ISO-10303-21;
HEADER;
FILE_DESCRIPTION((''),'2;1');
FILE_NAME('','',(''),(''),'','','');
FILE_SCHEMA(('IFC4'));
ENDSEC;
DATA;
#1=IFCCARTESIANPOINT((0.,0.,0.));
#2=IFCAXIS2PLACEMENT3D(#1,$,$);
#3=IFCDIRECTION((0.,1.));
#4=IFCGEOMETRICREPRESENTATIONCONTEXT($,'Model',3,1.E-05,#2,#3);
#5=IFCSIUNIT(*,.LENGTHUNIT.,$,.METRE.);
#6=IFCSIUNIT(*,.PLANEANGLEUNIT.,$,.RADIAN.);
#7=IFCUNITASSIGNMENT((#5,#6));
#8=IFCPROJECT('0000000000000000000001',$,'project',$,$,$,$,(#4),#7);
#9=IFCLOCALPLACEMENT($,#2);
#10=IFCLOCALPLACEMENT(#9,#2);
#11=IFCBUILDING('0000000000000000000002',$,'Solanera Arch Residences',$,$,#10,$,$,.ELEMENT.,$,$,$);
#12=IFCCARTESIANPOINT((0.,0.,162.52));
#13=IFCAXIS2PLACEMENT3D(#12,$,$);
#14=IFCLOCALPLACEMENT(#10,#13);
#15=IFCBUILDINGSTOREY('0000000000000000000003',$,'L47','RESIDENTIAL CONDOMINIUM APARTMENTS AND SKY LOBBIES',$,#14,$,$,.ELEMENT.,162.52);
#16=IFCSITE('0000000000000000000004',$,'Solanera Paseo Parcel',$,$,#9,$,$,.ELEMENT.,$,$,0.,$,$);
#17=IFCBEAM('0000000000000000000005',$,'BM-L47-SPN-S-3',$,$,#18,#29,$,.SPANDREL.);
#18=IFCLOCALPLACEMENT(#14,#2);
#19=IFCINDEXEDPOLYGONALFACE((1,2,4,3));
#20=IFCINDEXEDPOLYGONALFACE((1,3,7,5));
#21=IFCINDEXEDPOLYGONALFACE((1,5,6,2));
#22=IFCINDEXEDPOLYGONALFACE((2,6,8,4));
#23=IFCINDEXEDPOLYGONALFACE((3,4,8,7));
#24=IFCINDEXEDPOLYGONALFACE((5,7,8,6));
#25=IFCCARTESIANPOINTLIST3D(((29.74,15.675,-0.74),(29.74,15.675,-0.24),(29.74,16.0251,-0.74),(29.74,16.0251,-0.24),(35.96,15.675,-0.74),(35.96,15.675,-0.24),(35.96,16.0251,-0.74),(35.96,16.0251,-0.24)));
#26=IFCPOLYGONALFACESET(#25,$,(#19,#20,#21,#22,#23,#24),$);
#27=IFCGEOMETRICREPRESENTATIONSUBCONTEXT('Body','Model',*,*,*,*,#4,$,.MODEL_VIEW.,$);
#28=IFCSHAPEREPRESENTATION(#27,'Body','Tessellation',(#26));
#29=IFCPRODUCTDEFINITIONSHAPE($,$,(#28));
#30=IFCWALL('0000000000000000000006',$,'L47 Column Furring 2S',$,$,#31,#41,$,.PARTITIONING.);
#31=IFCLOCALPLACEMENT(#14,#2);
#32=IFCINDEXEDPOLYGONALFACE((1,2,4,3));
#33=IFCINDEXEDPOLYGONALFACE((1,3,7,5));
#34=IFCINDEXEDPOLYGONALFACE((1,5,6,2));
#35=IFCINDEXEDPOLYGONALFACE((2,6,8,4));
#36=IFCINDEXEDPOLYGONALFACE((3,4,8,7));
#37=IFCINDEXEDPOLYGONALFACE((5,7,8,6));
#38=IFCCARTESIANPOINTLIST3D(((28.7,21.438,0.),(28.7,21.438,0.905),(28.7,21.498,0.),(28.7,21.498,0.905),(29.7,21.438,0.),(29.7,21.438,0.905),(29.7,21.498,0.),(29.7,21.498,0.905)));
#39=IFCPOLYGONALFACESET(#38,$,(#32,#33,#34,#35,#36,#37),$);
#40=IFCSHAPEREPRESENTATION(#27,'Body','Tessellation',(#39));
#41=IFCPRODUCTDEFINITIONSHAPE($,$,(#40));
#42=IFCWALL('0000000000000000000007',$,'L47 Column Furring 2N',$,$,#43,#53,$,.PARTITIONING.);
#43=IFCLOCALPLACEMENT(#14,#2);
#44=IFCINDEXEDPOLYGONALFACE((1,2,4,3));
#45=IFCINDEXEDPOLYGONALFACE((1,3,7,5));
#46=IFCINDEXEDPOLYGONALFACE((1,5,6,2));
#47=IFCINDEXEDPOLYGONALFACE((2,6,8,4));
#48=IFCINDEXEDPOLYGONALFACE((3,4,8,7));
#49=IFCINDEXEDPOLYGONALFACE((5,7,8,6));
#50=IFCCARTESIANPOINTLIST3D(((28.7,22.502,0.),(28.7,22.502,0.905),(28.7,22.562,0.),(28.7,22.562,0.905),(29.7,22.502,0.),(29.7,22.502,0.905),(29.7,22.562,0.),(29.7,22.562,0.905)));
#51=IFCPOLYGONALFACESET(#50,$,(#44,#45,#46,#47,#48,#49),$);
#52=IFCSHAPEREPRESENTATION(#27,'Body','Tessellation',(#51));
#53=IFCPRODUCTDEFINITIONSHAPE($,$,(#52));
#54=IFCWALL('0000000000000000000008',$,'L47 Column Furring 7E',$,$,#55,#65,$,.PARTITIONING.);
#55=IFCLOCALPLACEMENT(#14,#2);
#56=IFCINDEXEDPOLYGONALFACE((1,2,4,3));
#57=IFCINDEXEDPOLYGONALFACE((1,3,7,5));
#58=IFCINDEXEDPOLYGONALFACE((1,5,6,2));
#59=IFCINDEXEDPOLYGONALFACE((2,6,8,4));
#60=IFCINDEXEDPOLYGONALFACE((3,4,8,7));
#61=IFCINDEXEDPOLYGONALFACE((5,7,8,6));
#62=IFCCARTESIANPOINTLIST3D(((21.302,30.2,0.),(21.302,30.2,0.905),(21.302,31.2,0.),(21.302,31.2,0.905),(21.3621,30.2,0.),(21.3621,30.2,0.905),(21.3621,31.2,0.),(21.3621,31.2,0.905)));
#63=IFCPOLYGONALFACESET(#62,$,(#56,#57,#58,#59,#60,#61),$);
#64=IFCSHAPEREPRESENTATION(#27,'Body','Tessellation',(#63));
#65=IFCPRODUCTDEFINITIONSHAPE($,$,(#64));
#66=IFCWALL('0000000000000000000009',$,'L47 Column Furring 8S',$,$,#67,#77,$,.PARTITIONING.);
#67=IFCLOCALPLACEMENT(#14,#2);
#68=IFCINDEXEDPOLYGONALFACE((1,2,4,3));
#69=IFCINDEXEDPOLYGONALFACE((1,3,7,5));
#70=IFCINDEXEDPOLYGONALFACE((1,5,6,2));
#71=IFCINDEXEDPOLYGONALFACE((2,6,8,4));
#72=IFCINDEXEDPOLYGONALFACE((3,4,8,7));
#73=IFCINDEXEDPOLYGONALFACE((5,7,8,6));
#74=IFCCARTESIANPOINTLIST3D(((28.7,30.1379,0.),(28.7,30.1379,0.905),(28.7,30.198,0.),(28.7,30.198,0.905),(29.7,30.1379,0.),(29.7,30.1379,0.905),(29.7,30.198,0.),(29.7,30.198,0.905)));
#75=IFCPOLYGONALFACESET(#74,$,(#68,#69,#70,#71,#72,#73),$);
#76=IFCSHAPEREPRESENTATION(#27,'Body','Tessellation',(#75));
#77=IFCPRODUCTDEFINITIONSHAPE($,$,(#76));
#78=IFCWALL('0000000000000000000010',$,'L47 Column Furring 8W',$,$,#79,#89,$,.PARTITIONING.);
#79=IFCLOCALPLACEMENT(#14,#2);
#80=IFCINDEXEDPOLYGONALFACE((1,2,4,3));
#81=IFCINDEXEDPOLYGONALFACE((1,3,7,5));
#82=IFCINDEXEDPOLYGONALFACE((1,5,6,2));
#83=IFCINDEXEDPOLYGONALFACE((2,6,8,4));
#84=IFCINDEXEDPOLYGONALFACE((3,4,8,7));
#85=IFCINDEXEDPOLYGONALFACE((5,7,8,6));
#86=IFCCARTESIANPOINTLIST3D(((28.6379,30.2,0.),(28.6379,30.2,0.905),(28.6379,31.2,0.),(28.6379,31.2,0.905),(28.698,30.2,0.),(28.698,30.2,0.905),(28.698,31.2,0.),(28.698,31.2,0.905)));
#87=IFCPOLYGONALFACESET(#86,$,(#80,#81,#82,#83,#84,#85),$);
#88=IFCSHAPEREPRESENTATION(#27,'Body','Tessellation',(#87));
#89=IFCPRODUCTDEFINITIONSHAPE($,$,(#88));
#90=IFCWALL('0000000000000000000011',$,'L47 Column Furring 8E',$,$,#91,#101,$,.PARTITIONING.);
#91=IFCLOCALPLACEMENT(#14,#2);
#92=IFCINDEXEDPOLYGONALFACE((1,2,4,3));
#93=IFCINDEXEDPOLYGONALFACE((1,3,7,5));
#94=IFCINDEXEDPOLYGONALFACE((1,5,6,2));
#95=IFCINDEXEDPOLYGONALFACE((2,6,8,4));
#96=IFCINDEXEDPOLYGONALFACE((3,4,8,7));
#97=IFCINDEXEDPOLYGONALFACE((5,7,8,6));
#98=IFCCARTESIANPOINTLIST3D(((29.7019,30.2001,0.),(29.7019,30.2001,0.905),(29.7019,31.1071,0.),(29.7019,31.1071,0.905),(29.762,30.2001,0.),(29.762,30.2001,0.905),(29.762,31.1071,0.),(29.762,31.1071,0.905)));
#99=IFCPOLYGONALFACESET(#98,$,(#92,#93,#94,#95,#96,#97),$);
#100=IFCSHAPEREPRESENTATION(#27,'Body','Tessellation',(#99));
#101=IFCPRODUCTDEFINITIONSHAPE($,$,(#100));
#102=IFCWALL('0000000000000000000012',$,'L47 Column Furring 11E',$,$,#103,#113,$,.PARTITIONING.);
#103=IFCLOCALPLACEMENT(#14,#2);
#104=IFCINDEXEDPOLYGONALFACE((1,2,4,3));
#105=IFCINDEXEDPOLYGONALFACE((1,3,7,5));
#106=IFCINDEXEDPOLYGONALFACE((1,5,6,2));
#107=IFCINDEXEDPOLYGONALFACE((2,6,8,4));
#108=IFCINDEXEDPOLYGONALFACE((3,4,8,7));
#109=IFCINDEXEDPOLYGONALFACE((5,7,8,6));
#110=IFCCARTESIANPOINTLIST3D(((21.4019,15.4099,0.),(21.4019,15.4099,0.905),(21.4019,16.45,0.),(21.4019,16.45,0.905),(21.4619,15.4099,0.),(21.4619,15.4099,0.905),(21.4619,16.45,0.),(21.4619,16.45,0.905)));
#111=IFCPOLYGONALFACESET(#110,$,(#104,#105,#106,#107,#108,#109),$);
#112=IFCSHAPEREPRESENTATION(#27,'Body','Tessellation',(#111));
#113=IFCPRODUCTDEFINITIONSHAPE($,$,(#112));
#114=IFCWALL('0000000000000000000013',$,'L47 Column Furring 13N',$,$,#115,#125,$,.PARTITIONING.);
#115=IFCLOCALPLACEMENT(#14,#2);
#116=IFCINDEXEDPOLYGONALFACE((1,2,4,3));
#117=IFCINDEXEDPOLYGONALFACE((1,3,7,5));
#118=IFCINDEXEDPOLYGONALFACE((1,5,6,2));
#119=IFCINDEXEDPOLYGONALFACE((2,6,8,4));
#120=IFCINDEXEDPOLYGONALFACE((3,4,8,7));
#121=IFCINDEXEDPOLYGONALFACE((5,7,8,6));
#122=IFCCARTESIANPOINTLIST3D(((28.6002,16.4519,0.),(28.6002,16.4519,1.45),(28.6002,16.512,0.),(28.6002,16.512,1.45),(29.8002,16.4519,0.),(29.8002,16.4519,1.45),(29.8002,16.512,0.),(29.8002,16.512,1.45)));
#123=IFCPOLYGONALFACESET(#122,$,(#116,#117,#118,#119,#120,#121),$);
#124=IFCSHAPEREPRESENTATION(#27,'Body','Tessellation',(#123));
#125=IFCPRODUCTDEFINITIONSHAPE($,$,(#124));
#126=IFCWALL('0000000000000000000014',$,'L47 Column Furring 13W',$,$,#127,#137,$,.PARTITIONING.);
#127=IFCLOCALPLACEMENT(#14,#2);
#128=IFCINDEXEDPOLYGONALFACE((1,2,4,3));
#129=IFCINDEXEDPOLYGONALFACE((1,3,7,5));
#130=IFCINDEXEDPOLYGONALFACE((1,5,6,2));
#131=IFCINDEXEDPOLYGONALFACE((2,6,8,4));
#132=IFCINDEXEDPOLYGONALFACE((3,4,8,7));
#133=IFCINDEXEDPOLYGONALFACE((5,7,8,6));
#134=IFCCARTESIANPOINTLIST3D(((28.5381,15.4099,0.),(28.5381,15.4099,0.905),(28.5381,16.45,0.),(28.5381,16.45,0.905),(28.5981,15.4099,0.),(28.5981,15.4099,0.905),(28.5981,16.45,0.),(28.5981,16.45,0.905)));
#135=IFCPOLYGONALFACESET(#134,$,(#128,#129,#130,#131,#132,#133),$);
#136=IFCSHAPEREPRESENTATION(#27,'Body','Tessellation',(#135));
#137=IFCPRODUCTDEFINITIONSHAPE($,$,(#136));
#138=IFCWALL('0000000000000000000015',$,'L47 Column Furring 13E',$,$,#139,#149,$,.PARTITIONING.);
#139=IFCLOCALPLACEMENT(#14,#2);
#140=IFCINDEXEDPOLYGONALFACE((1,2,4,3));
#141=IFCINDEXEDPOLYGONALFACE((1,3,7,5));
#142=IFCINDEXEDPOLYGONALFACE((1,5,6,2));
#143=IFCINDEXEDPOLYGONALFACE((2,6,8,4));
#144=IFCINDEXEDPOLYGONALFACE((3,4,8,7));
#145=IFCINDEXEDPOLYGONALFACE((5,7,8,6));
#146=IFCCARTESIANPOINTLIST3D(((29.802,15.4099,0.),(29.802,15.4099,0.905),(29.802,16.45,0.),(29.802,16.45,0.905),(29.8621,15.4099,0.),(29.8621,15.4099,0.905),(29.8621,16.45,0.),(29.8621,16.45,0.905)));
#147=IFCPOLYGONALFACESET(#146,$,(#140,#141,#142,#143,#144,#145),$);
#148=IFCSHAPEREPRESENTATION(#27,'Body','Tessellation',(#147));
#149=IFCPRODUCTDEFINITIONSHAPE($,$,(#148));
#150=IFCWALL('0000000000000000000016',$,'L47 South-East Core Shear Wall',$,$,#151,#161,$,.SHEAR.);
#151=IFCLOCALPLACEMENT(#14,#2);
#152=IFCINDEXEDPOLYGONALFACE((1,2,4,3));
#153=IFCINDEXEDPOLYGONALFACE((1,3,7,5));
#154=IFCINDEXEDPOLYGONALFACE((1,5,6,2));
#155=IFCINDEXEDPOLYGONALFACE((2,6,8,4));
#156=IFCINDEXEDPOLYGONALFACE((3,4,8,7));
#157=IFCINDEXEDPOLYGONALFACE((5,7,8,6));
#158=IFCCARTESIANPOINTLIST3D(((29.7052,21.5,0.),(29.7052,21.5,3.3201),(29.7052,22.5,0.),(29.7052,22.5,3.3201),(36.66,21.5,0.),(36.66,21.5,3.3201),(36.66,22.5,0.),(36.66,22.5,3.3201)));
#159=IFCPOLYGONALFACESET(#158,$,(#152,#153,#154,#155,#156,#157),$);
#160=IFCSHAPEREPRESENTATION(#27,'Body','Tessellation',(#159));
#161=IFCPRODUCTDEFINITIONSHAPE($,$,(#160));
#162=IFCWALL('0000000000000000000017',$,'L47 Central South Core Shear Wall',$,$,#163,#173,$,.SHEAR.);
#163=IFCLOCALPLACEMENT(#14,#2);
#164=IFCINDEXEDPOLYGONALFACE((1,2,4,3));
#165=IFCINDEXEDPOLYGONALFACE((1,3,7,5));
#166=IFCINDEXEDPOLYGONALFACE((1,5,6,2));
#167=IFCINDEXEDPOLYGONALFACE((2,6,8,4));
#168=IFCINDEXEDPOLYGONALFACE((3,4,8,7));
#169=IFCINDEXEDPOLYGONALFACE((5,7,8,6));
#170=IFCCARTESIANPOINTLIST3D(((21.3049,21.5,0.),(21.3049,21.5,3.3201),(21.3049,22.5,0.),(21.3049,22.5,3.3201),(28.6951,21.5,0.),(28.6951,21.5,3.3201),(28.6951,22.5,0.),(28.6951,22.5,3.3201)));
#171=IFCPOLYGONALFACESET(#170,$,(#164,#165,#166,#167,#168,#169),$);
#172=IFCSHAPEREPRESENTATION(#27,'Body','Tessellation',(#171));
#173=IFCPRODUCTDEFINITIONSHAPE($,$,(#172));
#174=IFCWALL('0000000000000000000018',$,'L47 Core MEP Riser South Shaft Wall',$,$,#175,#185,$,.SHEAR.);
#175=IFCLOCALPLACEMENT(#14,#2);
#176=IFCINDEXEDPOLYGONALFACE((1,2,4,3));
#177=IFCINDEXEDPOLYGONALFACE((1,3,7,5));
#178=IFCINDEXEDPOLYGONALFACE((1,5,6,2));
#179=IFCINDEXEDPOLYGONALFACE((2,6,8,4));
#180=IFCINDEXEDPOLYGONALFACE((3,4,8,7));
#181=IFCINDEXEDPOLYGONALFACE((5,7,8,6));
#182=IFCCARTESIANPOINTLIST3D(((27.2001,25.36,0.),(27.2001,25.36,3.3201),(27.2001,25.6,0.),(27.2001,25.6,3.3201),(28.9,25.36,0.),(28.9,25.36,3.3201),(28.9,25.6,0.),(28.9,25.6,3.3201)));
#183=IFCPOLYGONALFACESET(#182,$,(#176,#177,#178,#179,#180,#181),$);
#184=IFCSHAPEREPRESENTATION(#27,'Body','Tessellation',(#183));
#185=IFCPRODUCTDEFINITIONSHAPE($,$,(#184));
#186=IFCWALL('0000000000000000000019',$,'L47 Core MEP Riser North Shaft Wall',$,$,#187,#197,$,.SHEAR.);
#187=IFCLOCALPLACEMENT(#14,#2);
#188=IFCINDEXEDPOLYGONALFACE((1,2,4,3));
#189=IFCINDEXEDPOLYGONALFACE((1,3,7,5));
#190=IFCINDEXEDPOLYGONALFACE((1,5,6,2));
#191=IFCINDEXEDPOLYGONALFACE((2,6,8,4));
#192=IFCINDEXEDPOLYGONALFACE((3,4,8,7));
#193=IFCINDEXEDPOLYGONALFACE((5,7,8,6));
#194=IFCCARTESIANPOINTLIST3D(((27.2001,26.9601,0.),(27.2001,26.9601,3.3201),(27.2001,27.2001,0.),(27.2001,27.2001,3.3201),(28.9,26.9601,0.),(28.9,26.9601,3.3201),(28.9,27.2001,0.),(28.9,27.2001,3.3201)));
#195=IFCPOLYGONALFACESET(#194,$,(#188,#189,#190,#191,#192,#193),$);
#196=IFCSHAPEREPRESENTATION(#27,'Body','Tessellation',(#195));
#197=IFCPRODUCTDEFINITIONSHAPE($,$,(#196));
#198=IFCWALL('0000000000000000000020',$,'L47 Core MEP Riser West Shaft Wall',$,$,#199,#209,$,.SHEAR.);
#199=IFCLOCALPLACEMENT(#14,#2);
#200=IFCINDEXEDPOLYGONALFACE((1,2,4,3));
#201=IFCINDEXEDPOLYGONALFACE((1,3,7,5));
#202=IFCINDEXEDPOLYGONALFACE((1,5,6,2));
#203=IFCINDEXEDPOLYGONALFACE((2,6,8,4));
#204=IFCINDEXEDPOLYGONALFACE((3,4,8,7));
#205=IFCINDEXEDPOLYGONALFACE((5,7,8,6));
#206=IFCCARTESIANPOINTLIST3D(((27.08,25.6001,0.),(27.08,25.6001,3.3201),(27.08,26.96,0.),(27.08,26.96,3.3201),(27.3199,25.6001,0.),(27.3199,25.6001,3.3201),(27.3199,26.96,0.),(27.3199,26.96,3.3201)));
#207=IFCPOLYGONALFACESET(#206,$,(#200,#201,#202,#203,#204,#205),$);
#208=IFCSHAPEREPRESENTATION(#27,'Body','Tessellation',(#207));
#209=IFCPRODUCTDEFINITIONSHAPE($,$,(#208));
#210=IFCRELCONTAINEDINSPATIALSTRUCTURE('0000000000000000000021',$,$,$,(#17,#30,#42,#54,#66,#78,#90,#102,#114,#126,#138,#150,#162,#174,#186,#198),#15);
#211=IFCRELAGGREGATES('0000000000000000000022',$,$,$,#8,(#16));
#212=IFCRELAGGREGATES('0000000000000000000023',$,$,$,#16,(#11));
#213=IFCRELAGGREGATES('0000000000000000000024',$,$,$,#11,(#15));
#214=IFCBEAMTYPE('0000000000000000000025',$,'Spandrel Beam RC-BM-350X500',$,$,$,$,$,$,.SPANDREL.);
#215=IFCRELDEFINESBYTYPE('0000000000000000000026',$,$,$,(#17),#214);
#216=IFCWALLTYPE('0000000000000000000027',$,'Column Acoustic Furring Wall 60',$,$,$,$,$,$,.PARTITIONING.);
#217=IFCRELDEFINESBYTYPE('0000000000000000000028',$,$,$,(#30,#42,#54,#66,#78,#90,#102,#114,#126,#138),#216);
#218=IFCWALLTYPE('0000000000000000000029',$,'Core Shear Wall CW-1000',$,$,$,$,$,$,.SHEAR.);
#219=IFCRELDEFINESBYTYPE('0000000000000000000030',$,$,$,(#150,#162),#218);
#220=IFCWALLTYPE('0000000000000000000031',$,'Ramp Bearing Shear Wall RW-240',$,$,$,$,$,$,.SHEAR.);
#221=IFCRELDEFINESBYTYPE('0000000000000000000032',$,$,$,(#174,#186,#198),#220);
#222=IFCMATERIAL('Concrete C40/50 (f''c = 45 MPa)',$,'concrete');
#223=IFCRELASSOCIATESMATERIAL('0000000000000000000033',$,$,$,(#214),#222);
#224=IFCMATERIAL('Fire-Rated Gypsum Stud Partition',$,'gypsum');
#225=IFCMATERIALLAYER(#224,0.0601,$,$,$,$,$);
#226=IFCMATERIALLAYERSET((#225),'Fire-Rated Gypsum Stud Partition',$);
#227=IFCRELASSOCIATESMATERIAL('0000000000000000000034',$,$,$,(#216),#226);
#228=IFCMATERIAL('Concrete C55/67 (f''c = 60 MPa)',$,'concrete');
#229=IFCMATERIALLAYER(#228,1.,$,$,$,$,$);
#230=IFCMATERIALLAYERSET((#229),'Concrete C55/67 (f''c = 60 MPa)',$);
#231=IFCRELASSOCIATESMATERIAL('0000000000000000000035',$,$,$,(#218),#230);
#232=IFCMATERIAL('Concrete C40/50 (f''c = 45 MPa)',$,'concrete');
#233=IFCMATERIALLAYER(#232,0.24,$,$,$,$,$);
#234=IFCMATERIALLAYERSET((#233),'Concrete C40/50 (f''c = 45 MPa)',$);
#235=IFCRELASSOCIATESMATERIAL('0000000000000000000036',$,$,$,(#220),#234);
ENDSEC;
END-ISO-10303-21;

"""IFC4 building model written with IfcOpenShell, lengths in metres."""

from ifc_helpers import new_model, si_unit, direction, frame, frame_2d, origin, origin_2d, place, context, subcontext, project, spatial, rectangle, extrude, material, layer, layer_set, material_profile, profile_set, type_object, element, save


model = new_model("IFC4")

# Units and contexts
model_context = context("Model", 3, precision=1e-05, world=origin(), true_north=direction((0.0, 1.0)))
body_context = subcontext(model_context, "Body", "Model", "MODEL_VIEW")
ifc_project = project(units=[si_unit("LENGTHUNIT", "METRE"), si_unit("PLANEANGLEUNIT", "RADIAN")], contexts=[model_context])

# Site, building, storey
site_placement = place(None, origin())
site = spatial("IfcSite", under=ifc_project, at=site_placement, Name="Solanera Paseo Parcel", CompositionType="ELEMENT", RefElevation=0.0)
building_placement = place(site_placement, origin())
building = spatial("IfcBuilding", under=site, at=building_placement, Name="Solanera Arch Residences", CompositionType="ELEMENT")
storey_placement = place(building_placement, frame((0.0, 0.0, 162.52)))
storey = spatial("IfcBuildingStorey", under=building, at=storey_placement, Name="L47", Description="RESIDENTIAL CONDOMINIUM APARTMENTS AND SKY LOBBIES", CompositionType="ELEMENT", Elevation=162.52)

# Beam
ifc_material_1 = material(Name="Concrete C40/50 (f'c = 45 MPa)", Category="concrete")
ifc_material_profile_1 = material_profile(ifc_material_1, rectangle(XDim=0.3501, YDim=0.5, at=origin_2d()))
ifc_profile_set_1 = profile_set([ifc_material_profile_1], Name="Concrete C40/50 (f'c = 45 MPa)")
beam_type_1 = type_object("IfcBeamType", Name="Spandrel Beam RC-BM-350X500", PredefinedType="SPANDREL", material=ifc_profile_set_1)
beam_1_placement = place(storey_placement, frame((29.74, 15.8501, -0.49), z_axis=(1.0, 0.0, 0.0), x_axis=(0.0, 1.0, 0.0)))
element("IfcBeam", 1, at=beam_1_placement, inside=storey, type_object=beam_type_1, Name="BM-L47-SPN-S-3", PredefinedType="SPANDREL", context=body_context, shape_type="SweptSolid", body=[
    extrude(rectangle(XDim=0.3501, YDim=0.5, at=origin_2d()), origin(), (0.0, 0.0, 1.0), 6.22),
])

# Walls
ifc_material_2 = material(Name="Fire-Rated Gypsum Stud Partition", Category="gypsum")
ifc_layer_1 = layer(ifc_material_2, 0.0601)
ifc_layer_set_1 = layer_set([ifc_layer_1], Name="Fire-Rated Gypsum Stud Partition")
wall_type_1 = type_object("IfcWallType", Name="Column Acoustic Furring Wall 60", PredefinedType="PARTITIONING", material=ifc_layer_set_1)
for number, where, z_axis, x_axis, name in (
    (2, (28.7, 21.468, 0.0), (0.0, 0.0, 1.0), (1.0, 0.0, 0.0), "L47 Column Furring 2S"),
    (3, (28.7, 22.532, 0.0), (0.0, 0.0, 1.0), (1.0, 0.0, 0.0), "L47 Column Furring 2N"),
    (4, (21.332, 30.2, 0.0), (0.0, 0.0, 1.0), (0.0, 1.0, 0.0), "L47 Column Furring 7E"),
    (5, (28.7, 30.168, 0.0), (0.0, 0.0, 1.0), (1.0, 0.0, 0.0), "L47 Column Furring 8S"),
    (6, (28.668, 30.2, 0.0), (0.0, 0.0, 1.0), (0.0, 1.0, 0.0), "L47 Column Furring 8W"),
):
    element("IfcWall", number, at=place(storey_placement, frame(where, z_axis=z_axis, x_axis=x_axis)), inside=storey, type_object=wall_type_1, Name=name, PredefinedType="PARTITIONING", context=body_context, shape_type="SweptSolid", body=[
        extrude(rectangle(XDim=1.0, YDim=0.0601, at=frame_2d((0.5, 0.0))), origin(), (0.0, 0.0, 1.0), 0.905),
    ])
wall_1_placement = place(storey_placement, frame((29.7319, 30.2, 0.0), z_axis=(0.0, 0.0, 1.0), x_axis=(0.0, 1.0, 0.0)))
element("IfcWall", 7, at=wall_1_placement, inside=storey, type_object=wall_type_1, Name="L47 Column Furring 8E", PredefinedType="PARTITIONING", context=body_context, shape_type="SweptSolid", body=[
    extrude(rectangle(XDim=0.907, YDim=0.0601, at=frame_2d((0.4536, 0.0))), origin(), (0.0, 0.0, 1.0), 0.905),
])
wall_2_placement = place(storey_placement, frame((21.4319, 15.4099, 0.0), z_axis=(0.0, 0.0, 1.0), x_axis=(0.0, 1.0, 0.0)))
element("IfcWall", 8, at=wall_2_placement, inside=storey, type_object=wall_type_1, Name="L47 Column Furring 11E", PredefinedType="PARTITIONING", context=body_context, shape_type="SweptSolid", body=[
    extrude(rectangle(XDim=1.04, YDim=0.0601, at=frame_2d((0.52, 0.0))), origin(), (0.0, 0.0, 1.0), 0.905),
])
wall_3_placement = place(storey_placement, frame((28.6001, 16.4819, 0.0), z_axis=(0.0, 0.0, 1.0), x_axis=(1.0, 0.0, 0.0)))
element("IfcWall", 9, at=wall_3_placement, inside=storey, type_object=wall_type_1, Name="L47 Column Furring 13N", PredefinedType="PARTITIONING", context=body_context, shape_type="SweptSolid", body=[
    extrude(rectangle(XDim=1.2, YDim=0.0601, at=frame_2d((0.6001, 0.0))), origin(), (0.0, 0.0, 1.0), 1.45),
])
for number, where, z_axis, x_axis, name in (
    (10, (28.5681, 15.4099, 0.0), (0.0, 0.0, 1.0), (0.0, 1.0, 0.0), "L47 Column Furring 13W"),
    (11, (29.832, 15.4099, 0.0), (0.0, 0.0, 1.0), (0.0, 1.0, 0.0), "L47 Column Furring 13E"),
):
    element("IfcWall", number, at=place(storey_placement, frame(where, z_axis=z_axis, x_axis=x_axis)), inside=storey, type_object=wall_type_1, Name=name, PredefinedType="PARTITIONING", context=body_context, shape_type="SweptSolid", body=[
        extrude(rectangle(XDim=1.04, YDim=0.0601, at=frame_2d((0.52, 0.0))), origin(), (0.0, 0.0, 1.0), 0.905),
    ])
ifc_material_3 = material(Name="Concrete C55/67 (f'c = 60 MPa)", Category="concrete")
ifc_layer_2 = layer(ifc_material_3, 1.0)
ifc_layer_set_2 = layer_set([ifc_layer_2], Name="Concrete C55/67 (f'c = 60 MPa)")
wall_type_2 = type_object("IfcWallType", Name="Core Shear Wall CW-1000", PredefinedType="SHEAR", material=ifc_layer_set_2)
wall_4_placement = place(storey_placement, frame((29.7051, 22.0, 0.0), z_axis=(0.0, 0.0, 1.0), x_axis=(1.0, 0.0, 0.0)))
element("IfcWall", 12, at=wall_4_placement, inside=storey, type_object=wall_type_2, Name="L47 South-East Core Shear Wall", PredefinedType="SHEAR", context=body_context, shape_type="SweptSolid", body=[
    extrude(rectangle(XDim=6.9548, YDim=1.0, at=frame_2d((3.4775, 0.0))), origin(), (0.0, 0.0, 1.0), 3.3201),
])
wall_5_placement = place(storey_placement, frame((21.3049, 22.0, 0.0), z_axis=(0.0, 0.0, 1.0), x_axis=(1.0, 0.0, 0.0)))
element("IfcWall", 13, at=wall_5_placement, inside=storey, type_object=wall_type_2, Name="L47 Central South Core Shear Wall", PredefinedType="SHEAR", context=body_context, shape_type="SweptSolid", body=[
    extrude(rectangle(XDim=7.3901, YDim=1.0, at=frame_2d((3.6951, 0.0))), origin(), (0.0, 0.0, 1.0), 3.3201),
])
ifc_material_4 = material(Name="Concrete C40/50 (f'c = 45 MPa)", Category="concrete")
ifc_layer_3 = layer(ifc_material_4, 0.24)
ifc_layer_set_3 = layer_set([ifc_layer_3], Name="Concrete C40/50 (f'c = 45 MPa)")
wall_type_3 = type_object("IfcWallType", Name="Ramp Bearing Shear Wall RW-240", PredefinedType="SHEAR", material=ifc_layer_set_3)
for number, where, z_axis, x_axis, name in (
    (14, (27.2, 25.48, 0.0), (0.0, 0.0, 1.0), (1.0, 0.0, 0.0), "L47 Core MEP Riser South Shaft Wall"),
    (15, (27.2, 27.0801, 0.0), (0.0, 0.0, 1.0), (1.0, 0.0, 0.0), "L47 Core MEP Riser North Shaft Wall"),
):
    element("IfcWall", number, at=place(storey_placement, frame(where, z_axis=z_axis, x_axis=x_axis)), inside=storey, type_object=wall_type_3, Name=name, PredefinedType="SHEAR", context=body_context, shape_type="SweptSolid", body=[
        extrude(rectangle(XDim=1.7, YDim=0.24, at=frame_2d((0.8501, 0.0))), origin(), (0.0, 0.0, 1.0), 3.3201),
    ])
for number, where, z_axis, x_axis, name in (
    (16, (27.2, 25.6001, 0.0), (0.0, 0.0, 1.0), (0.0, 1.0, 0.0), "L47 Core MEP Riser West Shaft Wall"),
):
    element("IfcWall", number, at=place(storey_placement, frame(where, z_axis=z_axis, x_axis=x_axis)), inside=storey, type_object=wall_type_3, Name=name, PredefinedType="SHEAR", context=body_context, shape_type="SweptSolid", body=[
        extrude(rectangle(XDim=1.3599, YDim=0.24, at=frame_2d((0.6799, 0.0))), origin(), (0.0, 0.0, 1.0), 3.3201),
    ])

save(model, "model.ifc")
